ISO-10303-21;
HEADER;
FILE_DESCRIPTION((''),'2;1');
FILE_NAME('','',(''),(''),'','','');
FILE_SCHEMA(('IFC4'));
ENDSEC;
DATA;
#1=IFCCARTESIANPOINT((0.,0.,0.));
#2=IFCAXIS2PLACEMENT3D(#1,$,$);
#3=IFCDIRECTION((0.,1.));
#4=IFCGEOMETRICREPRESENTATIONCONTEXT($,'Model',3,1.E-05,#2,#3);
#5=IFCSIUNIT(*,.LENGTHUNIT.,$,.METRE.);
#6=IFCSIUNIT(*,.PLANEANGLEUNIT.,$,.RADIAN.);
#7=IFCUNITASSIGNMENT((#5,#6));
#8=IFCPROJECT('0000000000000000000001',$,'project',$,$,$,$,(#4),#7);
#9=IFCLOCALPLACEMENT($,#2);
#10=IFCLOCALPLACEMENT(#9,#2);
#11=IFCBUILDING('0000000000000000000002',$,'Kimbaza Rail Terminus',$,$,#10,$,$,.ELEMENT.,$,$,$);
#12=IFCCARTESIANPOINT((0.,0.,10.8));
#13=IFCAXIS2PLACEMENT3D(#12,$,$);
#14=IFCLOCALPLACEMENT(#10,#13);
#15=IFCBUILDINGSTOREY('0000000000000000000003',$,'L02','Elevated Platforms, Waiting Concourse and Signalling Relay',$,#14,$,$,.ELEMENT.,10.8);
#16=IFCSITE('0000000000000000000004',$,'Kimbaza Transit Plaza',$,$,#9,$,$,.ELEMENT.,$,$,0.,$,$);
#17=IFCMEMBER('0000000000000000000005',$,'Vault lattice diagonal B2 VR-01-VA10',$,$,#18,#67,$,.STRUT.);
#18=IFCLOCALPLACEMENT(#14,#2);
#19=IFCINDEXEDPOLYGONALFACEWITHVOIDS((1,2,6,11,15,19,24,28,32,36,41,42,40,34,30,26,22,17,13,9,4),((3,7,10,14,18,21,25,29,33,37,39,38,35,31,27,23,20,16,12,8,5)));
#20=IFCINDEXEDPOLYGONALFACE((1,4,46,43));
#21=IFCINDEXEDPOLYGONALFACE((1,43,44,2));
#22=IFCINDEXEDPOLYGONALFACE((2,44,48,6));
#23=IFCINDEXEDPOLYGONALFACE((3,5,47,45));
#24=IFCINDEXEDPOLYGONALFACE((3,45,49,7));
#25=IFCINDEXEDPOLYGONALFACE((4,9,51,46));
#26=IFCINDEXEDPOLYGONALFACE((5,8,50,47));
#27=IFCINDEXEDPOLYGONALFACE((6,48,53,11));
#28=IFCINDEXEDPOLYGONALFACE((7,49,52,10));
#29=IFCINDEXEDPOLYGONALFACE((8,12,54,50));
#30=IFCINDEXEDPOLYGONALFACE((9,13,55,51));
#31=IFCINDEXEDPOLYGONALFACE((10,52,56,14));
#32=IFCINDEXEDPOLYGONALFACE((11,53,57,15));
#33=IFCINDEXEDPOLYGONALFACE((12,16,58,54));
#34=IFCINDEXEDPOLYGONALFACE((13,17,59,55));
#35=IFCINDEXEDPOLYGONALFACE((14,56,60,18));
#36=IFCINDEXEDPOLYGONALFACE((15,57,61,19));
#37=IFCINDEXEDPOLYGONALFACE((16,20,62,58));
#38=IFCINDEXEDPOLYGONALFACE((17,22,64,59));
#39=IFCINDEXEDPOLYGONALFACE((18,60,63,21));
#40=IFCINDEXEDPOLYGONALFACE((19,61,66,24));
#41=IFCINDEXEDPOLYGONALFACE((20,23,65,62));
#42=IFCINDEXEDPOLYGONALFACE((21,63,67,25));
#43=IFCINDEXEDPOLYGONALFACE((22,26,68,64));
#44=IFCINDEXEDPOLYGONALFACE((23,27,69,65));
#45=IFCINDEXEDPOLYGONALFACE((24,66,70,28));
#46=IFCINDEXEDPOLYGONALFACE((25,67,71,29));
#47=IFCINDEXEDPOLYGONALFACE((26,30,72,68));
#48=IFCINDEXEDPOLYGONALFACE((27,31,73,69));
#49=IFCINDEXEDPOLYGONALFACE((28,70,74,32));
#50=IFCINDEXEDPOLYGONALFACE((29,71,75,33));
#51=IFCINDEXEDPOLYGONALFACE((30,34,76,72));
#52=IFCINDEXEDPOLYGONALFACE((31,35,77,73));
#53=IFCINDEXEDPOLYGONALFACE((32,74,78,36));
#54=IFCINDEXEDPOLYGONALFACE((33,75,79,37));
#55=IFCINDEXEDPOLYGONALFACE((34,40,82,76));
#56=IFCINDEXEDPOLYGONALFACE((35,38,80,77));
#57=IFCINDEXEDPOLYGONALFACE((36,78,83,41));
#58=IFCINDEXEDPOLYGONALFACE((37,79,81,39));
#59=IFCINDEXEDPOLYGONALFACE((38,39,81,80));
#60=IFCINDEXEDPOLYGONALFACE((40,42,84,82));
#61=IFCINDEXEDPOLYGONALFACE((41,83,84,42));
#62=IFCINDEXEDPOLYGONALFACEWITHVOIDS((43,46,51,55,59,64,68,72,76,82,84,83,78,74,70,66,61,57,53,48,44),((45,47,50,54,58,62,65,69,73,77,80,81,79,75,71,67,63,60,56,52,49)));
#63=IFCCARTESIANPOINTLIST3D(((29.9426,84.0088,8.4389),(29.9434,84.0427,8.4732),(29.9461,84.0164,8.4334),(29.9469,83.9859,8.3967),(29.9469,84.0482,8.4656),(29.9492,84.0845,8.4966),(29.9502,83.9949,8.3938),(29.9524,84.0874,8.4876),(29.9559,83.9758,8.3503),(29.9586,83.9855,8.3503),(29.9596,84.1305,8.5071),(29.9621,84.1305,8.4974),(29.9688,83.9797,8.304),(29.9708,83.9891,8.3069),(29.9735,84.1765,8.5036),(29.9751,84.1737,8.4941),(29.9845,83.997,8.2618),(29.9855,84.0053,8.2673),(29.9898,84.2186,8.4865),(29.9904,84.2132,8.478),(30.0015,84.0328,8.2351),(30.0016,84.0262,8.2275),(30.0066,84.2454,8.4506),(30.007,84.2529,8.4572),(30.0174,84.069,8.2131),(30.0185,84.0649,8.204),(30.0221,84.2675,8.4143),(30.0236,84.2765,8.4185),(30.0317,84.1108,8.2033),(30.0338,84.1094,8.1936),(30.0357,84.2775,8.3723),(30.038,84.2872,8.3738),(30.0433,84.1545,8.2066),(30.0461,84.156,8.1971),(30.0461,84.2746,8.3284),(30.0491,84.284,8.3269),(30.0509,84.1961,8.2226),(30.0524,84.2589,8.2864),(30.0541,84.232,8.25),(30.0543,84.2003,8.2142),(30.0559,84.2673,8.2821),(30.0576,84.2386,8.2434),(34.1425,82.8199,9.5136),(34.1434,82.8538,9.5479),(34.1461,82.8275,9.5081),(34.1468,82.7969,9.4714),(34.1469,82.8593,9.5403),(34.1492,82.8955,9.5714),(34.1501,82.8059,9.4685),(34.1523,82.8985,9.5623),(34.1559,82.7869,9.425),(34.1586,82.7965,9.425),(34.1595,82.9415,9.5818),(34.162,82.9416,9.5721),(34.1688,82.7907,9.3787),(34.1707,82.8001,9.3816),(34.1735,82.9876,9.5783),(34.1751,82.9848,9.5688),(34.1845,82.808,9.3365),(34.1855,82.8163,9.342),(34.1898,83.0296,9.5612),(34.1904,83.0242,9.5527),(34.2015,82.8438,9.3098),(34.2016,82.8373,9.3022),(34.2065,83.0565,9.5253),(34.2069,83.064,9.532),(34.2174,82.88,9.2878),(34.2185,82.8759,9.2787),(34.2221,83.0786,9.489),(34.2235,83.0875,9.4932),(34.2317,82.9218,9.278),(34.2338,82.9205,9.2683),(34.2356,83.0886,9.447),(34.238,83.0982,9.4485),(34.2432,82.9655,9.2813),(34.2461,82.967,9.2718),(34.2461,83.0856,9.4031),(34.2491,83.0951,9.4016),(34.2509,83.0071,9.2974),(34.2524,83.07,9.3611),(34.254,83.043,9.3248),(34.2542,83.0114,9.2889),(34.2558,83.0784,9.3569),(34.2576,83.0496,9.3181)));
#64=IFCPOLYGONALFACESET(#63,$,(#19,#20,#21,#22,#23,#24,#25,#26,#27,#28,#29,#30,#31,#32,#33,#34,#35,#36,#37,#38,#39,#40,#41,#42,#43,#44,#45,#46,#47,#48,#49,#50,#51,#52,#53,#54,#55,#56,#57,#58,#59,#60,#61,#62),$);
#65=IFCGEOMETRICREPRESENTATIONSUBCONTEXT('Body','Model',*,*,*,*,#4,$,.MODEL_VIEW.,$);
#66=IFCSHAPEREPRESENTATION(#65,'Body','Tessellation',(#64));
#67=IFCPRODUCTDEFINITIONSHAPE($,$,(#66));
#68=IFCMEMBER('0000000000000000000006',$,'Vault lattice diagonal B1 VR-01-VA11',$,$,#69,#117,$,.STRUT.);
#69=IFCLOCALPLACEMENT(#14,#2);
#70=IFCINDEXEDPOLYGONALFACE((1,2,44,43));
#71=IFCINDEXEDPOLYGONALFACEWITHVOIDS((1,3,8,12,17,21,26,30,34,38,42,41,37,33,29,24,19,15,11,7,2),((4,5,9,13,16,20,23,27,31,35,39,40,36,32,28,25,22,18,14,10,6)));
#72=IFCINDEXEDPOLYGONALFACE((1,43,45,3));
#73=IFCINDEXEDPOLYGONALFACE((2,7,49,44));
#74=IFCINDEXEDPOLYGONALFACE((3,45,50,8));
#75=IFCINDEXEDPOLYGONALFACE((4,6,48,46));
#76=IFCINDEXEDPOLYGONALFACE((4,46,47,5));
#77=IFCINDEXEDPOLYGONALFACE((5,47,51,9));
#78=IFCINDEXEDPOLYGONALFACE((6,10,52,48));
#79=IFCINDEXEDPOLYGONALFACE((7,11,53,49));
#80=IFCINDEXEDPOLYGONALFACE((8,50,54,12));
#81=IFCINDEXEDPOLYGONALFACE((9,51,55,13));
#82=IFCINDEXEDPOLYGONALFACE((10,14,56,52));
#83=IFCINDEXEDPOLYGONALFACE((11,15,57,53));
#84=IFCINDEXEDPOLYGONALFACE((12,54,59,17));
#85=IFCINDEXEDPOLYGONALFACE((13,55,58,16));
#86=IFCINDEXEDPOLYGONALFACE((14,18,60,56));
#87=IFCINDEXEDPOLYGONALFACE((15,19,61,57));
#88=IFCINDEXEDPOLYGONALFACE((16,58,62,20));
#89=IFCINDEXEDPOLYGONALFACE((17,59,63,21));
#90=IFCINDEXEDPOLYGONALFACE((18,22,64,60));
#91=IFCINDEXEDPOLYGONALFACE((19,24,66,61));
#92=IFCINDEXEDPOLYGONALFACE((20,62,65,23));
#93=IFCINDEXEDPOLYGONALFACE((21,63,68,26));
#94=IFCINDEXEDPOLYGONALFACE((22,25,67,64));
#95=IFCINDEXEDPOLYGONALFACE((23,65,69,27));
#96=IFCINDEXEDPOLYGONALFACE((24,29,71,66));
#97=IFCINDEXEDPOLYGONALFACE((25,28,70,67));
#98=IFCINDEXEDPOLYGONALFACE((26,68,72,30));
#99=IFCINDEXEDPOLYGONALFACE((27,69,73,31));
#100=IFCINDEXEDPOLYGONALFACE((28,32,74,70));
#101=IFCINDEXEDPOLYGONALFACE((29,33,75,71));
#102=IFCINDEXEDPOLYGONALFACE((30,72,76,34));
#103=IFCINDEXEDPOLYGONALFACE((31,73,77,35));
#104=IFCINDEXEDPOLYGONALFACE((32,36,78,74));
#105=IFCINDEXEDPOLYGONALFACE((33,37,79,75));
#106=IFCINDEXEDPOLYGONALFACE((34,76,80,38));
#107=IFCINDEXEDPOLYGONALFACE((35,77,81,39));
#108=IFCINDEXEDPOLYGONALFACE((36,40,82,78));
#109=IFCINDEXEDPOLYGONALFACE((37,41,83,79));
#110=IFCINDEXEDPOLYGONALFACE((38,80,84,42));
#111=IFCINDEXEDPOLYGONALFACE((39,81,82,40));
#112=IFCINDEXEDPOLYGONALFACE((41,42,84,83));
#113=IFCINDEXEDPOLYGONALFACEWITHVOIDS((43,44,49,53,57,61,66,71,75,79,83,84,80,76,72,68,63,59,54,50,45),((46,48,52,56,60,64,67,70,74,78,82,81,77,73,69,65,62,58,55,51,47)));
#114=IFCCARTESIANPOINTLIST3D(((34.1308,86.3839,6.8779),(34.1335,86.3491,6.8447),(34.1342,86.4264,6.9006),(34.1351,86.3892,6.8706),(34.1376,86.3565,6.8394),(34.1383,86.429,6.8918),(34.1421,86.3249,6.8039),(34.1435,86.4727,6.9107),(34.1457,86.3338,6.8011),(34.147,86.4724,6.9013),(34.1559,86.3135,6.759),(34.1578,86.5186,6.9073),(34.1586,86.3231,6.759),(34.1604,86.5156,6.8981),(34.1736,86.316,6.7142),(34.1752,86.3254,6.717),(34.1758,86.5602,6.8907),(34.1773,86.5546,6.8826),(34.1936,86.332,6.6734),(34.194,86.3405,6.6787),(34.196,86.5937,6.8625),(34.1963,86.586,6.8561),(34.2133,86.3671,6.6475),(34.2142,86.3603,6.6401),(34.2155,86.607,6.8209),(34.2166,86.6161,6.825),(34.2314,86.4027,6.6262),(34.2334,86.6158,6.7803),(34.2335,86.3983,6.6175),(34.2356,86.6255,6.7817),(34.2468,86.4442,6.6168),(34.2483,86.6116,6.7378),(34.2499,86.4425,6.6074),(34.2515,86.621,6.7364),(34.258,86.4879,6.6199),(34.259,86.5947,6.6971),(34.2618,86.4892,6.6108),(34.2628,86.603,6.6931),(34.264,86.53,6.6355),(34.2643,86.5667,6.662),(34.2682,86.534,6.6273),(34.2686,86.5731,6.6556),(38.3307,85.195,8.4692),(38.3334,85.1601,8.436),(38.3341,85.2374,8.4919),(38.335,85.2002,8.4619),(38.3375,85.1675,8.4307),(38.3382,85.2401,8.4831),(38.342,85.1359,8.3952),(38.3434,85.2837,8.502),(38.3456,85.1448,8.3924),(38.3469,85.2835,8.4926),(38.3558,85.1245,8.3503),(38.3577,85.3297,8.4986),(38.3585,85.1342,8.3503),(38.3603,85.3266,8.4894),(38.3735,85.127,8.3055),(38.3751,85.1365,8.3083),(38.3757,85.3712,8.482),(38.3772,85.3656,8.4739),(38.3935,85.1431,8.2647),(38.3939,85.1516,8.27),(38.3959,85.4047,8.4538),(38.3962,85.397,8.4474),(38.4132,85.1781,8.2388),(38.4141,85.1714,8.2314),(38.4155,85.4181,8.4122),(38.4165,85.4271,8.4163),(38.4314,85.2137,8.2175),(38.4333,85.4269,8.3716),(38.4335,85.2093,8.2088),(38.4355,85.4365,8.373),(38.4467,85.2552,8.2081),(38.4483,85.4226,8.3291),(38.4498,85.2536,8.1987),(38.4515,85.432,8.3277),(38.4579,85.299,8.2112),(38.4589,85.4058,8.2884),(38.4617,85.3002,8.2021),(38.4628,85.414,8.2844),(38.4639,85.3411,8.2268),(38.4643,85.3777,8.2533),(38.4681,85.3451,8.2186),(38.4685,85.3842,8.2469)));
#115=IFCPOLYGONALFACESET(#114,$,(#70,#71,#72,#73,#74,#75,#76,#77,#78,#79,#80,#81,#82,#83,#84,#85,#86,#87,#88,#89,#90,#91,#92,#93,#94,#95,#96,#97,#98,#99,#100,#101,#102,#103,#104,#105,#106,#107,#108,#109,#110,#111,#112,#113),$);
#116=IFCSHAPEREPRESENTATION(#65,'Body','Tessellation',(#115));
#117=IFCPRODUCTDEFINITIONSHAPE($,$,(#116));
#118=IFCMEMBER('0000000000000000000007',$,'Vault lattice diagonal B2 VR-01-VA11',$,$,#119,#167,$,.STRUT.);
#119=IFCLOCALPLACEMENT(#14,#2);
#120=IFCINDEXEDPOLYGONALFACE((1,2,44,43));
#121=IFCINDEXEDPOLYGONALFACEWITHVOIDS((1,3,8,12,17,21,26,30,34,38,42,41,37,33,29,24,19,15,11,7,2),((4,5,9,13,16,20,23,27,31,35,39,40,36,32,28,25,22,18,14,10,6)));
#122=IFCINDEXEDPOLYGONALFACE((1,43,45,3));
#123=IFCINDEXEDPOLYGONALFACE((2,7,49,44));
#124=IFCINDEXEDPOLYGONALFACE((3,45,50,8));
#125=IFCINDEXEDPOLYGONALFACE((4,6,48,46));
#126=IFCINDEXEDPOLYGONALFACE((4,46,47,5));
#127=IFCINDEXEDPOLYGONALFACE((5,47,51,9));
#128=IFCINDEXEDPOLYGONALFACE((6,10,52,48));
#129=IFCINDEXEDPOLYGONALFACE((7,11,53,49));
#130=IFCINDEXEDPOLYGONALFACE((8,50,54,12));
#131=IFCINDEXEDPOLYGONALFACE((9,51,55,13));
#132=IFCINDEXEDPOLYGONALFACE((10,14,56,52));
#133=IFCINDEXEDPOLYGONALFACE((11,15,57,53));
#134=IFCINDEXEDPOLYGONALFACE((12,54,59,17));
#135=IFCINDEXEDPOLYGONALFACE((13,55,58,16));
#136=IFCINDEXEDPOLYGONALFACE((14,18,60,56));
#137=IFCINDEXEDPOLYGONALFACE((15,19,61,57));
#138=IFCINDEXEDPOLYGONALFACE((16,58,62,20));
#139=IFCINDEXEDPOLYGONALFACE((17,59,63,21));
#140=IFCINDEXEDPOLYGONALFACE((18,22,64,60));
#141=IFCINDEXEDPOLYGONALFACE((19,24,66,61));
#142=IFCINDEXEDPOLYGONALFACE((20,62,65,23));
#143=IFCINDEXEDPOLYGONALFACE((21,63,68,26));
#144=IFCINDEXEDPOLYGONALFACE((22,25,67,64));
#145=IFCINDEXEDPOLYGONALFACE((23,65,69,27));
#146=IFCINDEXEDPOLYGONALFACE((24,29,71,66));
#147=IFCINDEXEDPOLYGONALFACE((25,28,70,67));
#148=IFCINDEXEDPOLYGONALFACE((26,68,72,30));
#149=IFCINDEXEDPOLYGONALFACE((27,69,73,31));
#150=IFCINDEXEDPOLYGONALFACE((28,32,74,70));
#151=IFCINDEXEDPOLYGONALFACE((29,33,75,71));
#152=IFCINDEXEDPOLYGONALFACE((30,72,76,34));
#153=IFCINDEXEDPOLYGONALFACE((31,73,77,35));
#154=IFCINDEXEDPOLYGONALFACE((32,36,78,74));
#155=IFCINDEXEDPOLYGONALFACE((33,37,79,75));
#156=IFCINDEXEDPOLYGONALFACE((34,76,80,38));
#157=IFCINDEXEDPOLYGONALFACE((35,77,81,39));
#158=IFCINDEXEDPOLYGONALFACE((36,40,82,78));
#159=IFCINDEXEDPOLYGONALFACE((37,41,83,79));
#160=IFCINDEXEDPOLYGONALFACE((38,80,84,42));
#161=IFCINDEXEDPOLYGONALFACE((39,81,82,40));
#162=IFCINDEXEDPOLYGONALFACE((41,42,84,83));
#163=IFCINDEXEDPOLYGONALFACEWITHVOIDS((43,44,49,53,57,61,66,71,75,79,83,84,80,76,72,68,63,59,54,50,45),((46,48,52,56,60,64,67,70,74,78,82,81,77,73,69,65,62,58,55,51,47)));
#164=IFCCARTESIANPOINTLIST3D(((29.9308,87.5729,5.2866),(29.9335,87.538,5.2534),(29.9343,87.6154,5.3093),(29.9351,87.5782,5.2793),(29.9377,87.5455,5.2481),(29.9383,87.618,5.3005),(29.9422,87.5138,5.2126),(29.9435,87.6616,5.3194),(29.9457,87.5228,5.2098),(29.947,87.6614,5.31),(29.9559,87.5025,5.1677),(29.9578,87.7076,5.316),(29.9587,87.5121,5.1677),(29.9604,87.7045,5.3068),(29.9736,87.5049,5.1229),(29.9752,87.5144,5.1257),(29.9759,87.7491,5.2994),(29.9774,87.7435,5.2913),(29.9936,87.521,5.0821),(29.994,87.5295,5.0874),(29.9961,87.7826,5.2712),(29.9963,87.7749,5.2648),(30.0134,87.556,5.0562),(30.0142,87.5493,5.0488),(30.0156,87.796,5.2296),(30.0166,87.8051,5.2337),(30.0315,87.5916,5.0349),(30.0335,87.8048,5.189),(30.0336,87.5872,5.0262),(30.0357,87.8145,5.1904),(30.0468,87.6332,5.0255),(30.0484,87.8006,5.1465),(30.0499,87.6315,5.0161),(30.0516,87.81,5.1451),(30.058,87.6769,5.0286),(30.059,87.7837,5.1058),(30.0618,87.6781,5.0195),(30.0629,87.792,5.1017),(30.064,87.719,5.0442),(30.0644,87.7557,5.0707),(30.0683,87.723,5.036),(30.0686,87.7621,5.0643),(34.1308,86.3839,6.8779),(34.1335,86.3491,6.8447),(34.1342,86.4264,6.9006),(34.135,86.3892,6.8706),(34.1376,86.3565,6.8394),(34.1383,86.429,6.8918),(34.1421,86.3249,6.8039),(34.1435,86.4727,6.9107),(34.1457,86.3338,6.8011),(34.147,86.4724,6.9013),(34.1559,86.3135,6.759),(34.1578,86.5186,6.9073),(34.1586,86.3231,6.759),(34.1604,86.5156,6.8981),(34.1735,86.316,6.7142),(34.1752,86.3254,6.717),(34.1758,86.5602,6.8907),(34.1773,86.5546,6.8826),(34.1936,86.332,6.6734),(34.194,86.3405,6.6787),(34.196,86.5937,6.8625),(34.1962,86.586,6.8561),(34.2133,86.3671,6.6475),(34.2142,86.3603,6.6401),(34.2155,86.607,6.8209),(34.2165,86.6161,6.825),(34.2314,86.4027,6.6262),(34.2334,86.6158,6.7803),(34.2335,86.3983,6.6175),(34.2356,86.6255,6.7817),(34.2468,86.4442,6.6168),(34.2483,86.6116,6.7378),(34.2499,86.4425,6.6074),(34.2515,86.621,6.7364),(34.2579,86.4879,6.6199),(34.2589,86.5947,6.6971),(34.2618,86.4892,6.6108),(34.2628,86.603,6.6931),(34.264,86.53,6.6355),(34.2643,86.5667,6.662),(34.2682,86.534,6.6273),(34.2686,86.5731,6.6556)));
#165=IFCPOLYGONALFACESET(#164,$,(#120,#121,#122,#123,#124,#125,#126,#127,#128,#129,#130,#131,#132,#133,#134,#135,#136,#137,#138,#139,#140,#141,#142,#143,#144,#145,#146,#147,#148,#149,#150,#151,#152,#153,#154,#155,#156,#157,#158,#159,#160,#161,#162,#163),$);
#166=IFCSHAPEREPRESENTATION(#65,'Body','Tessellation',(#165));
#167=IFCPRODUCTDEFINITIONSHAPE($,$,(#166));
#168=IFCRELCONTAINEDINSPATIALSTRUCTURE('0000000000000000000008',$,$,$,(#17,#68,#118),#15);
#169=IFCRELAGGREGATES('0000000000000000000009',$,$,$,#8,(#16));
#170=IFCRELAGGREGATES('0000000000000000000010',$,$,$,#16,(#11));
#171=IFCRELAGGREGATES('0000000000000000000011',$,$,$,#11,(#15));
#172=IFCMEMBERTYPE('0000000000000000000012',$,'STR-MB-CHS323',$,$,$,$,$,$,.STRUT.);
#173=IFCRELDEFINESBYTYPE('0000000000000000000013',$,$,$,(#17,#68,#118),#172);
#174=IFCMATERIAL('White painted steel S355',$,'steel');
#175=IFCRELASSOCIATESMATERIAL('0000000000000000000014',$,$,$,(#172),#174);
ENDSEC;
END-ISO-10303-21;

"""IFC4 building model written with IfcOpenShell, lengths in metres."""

from ifc_helpers import new_model, si_unit, direction, frame, origin, origin_2d, place, context, subcontext, project, spatial, hollow_circle, extrude, material, material_profile, profile_set, type_object, element, save


model = new_model("IFC4")

# Units and contexts
model_context = context("Model", 3, precision=1e-05, world=origin(), true_north=direction((0.0, 1.0)))
body_context = subcontext(model_context, "Body", "Model", "MODEL_VIEW")
ifc_project = project(units=[si_unit("LENGTHUNIT", "METRE"), si_unit("PLANEANGLEUNIT", "RADIAN")], contexts=[model_context])

# Site, building, storey
site_placement = place(None, origin())
site = spatial("IfcSite", under=ifc_project, at=site_placement, Name="Kimbaza Transit Plaza", CompositionType="ELEMENT", RefElevation=0.0)
building_placement = place(site_placement, origin())
building = spatial("IfcBuilding", under=site, at=building_placement, Name="Kimbaza Rail Terminus", CompositionType="ELEMENT")
storey_placement = place(building_placement, frame((0.0, 0.0, 10.8)))
storey = spatial("IfcBuildingStorey", under=building, at=storey_placement, Name="L02", Description="Elevated Platforms, Waiting Concourse and Signalling Relay", CompositionType="ELEMENT", Elevation=10.8)

# Members
ifc_material_1 = material(Name="White painted steel S355", Category="steel")
ifc_material_profile_1 = material_profile(ifc_material_1, hollow_circle(Radius=0.1619, WallThickness=0.01, at=origin_2d()), Name="CHS 323.9x10")
ifc_profile_set_1 = profile_set([ifc_material_profile_1], Name="White painted steel S355")
member_type_1 = type_object("IfcMemberType", Name="STR-MB-CHS323", PredefinedType="STRUT", material=ifc_profile_set_1)
for number, where, z_axis, x_axis, name in (
    (1, (34.2, 82.9426, 9.425), (-0.934287, 0.264487, -0.239071), (-0.272386, -0.962188, 0.0), "Vault lattice diagonal B2 VR-01-VA10"),
):
    element("IfcMember", number, at=place(storey_placement, frame(where, z_axis=z_axis, x_axis=x_axis)), inside=storey, type_object=member_type_1, Name=name, PredefinedType="STRUT", context=body_context, shape_type="SweptSolid", body=[
        extrude(hollow_circle(Radius=0.1619, WallThickness=0.01, at=origin_2d()), origin(), (0.0, 0.0, 1.0), 4.4954),
    ])
for number, where, z_axis, x_axis, name in (
    (2, (38.3999, 85.2803, 8.3503), (-0.903989, 0.25591, -0.34251), (-0.272386, -0.962188, 0.0), "Vault lattice diagonal B1 VR-01-VA11"),
    (3, (34.2, 86.4692, 6.759), (-0.903989, 0.25591, -0.34251), (-0.272386, -0.962188, 0.0), "Vault lattice diagonal B2 VR-01-VA11"),
):
    element("IfcMember", number, at=place(storey_placement, frame(where, z_axis=z_axis, x_axis=x_axis)), inside=storey, type_object=member_type_1, Name=name, PredefinedType="STRUT", context=body_context, shape_type="SweptSolid", body=[
        extrude(hollow_circle(Radius=0.1619, WallThickness=0.01, at=origin_2d()), origin(), (0.0, 0.0, 1.0), 4.646),
    ])

save(model, "model.ifc")
